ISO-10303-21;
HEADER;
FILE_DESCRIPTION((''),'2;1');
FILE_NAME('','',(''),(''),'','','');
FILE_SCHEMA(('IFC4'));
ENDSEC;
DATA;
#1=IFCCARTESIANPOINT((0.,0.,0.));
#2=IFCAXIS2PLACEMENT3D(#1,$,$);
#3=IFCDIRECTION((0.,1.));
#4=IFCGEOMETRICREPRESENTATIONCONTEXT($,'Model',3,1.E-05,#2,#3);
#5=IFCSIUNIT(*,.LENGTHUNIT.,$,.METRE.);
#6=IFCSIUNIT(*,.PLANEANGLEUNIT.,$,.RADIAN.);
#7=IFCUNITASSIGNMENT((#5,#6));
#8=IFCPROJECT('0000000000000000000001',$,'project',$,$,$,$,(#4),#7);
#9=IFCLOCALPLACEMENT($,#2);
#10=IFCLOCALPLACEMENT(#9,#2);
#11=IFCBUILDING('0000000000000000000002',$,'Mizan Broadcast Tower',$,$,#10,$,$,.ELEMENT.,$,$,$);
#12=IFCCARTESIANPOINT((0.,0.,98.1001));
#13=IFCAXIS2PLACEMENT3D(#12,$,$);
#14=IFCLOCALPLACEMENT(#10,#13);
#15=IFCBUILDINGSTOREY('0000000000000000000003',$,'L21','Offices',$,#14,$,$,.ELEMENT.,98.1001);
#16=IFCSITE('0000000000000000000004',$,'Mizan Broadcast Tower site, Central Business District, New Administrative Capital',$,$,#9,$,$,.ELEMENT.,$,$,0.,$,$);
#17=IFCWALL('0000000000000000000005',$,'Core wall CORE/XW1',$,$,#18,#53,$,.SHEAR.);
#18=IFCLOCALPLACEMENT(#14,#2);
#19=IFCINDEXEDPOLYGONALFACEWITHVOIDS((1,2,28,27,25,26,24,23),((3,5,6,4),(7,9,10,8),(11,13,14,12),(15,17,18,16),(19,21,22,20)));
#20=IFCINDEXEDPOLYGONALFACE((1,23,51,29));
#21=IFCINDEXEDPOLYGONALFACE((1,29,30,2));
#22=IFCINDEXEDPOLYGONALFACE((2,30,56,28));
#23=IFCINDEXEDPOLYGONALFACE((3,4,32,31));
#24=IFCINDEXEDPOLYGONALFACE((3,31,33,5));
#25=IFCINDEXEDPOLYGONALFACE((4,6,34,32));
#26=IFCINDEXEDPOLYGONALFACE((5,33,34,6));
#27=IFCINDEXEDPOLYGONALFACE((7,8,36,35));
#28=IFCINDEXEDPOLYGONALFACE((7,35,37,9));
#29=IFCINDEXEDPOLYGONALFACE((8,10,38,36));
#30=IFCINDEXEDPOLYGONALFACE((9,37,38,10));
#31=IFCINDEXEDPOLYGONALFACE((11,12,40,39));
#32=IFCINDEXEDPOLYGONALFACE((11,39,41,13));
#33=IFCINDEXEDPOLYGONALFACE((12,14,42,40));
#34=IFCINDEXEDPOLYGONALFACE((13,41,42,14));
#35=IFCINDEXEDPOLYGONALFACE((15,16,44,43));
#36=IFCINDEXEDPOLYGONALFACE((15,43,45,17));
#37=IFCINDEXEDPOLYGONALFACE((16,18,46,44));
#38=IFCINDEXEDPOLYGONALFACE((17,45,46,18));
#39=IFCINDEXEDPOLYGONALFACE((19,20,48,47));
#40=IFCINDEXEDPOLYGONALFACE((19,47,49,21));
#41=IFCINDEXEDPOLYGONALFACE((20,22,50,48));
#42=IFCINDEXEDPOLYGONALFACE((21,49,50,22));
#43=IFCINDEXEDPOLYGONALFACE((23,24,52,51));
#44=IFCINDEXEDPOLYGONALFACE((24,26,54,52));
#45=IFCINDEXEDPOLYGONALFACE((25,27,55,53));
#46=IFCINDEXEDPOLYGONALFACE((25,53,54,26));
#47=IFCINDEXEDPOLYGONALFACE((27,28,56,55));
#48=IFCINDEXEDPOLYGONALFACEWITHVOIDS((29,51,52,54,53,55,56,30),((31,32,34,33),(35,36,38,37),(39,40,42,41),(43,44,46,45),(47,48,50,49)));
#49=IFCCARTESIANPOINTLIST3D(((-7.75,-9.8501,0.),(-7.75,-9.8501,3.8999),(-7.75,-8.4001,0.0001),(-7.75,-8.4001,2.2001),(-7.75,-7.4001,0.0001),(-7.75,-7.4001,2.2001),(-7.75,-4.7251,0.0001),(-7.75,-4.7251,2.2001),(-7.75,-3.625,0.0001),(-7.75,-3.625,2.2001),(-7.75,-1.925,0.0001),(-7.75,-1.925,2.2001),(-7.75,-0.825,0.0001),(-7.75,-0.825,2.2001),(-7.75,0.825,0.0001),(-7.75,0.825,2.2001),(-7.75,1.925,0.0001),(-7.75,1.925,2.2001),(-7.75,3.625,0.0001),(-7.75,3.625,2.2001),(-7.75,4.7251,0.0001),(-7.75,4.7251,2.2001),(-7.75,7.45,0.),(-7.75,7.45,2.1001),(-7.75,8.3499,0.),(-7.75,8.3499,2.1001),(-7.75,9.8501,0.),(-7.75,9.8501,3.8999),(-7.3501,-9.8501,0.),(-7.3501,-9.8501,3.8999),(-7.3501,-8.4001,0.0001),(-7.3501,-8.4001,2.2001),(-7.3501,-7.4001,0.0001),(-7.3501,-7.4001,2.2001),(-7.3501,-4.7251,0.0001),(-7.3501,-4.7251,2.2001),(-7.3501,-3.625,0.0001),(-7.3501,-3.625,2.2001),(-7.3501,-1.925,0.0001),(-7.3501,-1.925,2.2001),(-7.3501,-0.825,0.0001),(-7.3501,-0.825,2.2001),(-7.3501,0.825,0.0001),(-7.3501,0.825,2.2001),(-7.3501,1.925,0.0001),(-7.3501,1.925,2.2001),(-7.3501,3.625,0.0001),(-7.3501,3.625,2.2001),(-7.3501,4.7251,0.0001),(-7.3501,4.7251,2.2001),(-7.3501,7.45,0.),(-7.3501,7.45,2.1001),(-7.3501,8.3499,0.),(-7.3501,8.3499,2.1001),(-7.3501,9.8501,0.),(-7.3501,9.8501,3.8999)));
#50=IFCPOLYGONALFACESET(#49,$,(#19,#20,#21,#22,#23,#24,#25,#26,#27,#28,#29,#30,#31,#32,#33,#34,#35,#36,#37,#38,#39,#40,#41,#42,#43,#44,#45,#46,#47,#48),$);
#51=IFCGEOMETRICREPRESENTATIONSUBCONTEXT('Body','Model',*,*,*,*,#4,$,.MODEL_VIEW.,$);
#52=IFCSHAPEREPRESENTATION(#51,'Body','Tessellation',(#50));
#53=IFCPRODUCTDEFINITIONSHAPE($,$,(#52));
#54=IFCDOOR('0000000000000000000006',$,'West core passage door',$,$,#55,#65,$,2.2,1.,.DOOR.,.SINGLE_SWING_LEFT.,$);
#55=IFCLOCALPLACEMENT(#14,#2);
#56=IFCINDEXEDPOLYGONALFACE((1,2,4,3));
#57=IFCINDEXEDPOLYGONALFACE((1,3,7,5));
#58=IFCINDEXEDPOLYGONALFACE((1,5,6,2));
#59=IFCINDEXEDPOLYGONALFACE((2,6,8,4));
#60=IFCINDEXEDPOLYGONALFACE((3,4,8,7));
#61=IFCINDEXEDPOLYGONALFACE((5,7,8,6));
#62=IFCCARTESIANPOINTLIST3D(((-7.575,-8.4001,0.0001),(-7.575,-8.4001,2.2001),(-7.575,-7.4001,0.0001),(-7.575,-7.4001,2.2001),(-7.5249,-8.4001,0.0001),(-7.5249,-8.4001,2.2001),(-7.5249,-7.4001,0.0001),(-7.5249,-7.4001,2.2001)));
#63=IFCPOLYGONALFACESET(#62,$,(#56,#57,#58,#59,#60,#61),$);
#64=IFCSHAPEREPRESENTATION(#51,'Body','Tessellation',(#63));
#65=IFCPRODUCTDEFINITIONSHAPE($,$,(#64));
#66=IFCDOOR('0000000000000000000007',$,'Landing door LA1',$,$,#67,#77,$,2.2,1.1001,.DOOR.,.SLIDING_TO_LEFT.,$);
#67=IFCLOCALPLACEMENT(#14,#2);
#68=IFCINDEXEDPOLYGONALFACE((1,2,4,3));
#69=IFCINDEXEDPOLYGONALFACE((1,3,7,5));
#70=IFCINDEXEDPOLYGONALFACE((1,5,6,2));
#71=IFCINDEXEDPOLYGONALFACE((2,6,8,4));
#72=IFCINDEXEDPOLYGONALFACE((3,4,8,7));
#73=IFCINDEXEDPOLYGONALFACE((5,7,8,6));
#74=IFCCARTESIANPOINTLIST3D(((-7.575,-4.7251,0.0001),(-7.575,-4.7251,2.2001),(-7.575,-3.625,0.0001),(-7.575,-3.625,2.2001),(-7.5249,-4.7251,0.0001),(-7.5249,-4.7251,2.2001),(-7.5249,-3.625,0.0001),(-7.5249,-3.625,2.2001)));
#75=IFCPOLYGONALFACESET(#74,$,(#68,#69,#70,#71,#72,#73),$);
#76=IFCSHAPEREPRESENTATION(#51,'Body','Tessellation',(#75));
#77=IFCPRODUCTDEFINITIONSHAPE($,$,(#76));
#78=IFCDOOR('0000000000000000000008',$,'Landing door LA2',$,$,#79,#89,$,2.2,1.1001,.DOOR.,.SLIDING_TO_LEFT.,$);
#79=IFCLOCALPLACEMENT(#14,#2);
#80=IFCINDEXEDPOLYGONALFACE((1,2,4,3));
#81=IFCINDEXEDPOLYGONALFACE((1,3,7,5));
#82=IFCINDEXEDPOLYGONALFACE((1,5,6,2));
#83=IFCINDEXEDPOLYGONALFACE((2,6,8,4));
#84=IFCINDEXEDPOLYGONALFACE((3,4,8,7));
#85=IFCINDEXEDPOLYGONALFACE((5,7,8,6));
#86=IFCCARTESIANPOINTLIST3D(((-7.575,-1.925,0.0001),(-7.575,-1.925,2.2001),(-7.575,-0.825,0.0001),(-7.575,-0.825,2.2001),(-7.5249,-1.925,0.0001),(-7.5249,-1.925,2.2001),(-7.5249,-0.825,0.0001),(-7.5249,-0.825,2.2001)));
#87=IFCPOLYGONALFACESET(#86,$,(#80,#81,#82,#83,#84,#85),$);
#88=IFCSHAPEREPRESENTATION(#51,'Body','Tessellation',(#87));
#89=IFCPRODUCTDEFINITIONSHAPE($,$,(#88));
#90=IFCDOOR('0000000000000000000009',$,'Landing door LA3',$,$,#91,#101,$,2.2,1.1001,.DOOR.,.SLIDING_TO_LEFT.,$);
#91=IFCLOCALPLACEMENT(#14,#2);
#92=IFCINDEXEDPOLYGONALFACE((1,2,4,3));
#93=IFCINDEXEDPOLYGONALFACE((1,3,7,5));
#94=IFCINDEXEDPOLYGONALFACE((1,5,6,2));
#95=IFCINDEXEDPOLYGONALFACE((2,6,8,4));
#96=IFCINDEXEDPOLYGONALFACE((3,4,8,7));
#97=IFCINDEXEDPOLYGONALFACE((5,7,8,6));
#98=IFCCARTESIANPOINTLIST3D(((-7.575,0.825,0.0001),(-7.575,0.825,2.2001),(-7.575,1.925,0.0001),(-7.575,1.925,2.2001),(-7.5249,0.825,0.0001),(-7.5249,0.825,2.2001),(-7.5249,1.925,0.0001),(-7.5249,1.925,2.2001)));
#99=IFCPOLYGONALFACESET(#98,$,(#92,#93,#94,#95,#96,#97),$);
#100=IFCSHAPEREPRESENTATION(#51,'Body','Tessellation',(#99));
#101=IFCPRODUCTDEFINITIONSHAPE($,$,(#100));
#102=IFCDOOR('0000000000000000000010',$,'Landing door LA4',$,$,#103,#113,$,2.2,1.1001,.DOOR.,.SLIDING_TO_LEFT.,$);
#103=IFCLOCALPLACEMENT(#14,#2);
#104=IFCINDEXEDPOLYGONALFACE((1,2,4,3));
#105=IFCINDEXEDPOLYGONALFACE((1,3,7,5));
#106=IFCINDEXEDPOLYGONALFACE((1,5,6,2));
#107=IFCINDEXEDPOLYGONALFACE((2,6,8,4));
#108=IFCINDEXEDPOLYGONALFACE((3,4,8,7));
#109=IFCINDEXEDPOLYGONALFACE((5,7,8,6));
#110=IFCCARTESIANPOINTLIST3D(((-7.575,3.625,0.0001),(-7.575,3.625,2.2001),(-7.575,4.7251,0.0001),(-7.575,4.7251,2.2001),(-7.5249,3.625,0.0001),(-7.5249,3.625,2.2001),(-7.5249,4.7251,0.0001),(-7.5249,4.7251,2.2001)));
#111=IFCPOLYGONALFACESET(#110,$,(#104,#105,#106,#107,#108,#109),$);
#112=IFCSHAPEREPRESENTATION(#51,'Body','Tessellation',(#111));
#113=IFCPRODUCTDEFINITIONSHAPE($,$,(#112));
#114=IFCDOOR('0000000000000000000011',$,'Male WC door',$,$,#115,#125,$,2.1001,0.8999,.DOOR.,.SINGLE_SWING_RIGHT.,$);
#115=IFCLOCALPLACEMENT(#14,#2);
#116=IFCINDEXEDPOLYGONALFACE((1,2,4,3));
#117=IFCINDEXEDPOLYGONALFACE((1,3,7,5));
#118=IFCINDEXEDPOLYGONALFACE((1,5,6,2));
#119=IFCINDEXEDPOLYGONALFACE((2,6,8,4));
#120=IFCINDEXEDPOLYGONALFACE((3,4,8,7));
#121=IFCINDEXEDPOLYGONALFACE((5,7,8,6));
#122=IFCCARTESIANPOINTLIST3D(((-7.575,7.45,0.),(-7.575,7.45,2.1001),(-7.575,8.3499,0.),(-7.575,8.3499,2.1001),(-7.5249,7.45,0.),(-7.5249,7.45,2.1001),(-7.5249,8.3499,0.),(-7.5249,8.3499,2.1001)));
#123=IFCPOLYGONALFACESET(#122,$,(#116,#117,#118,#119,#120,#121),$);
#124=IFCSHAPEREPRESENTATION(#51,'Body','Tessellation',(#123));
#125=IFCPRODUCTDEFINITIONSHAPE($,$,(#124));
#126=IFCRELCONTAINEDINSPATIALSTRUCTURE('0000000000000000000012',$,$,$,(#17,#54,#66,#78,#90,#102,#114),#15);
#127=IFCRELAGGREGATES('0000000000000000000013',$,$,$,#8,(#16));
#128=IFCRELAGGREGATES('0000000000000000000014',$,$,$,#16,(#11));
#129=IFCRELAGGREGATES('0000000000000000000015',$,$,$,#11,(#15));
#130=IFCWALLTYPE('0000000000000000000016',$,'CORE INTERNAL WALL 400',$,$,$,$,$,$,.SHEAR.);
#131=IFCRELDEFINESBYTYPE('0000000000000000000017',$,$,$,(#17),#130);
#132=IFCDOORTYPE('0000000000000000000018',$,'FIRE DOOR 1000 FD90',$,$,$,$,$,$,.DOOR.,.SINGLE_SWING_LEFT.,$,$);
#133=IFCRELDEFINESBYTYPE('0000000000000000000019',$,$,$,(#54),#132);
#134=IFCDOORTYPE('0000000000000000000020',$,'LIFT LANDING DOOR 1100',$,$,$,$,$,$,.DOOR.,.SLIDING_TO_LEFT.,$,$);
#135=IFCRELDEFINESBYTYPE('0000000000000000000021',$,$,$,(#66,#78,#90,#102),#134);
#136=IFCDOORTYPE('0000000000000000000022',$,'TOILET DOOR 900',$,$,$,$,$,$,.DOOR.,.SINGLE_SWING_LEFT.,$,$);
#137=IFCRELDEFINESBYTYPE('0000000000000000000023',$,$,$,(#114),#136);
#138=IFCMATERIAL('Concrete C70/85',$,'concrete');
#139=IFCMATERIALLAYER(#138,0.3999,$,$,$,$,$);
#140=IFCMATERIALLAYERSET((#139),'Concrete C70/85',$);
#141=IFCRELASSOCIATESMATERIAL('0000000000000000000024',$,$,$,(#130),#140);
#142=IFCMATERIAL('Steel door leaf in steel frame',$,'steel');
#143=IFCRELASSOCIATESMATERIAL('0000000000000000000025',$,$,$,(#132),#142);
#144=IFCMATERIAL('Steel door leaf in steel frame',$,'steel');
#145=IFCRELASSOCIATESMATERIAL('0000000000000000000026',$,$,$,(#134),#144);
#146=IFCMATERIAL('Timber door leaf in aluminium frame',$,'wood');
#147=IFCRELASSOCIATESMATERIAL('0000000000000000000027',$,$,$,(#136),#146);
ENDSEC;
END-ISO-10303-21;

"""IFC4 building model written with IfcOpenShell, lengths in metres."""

from ifc_helpers import new_model, si_unit, direction, frame, frame_2d, origin, place, context, subcontext, project, spatial, rectangle, extrude, material, layer, layer_set, type_object, element, fill, save


model = new_model("IFC4")

# Units and contexts
model_context = context("Model", 3, precision=1e-05, world=origin(), true_north=direction((0.0, 1.0)))
body_context = subcontext(model_context, "Body", "Model", "MODEL_VIEW")
ifc_project = project(units=[si_unit("LENGTHUNIT", "METRE"), si_unit("PLANEANGLEUNIT", "RADIAN")], contexts=[model_context])

# Site, building, storey
site_placement = place(None, origin())
site = spatial("IfcSite", under=ifc_project, at=site_placement, Name="Mizan Broadcast Tower site, Central Business District, New Administrative Capital", CompositionType="ELEMENT", RefElevation=0.0)
building_placement = place(site_placement, origin())
building = spatial("IfcBuilding", under=site, at=building_placement, Name="Mizan Broadcast Tower", CompositionType="ELEMENT")
storey_placement = place(building_placement, frame((0.0, 0.0, 98.1001)))
storey = spatial("IfcBuildingStorey", under=building, at=storey_placement, Name="L21", Description="Offices", CompositionType="ELEMENT", Elevation=98.1001)

# Wall, openings, doors
ifc_material_1 = material(Name="Concrete C70/85", Category="concrete")
ifc_layer_1 = layer(ifc_material_1, 0.3999)
ifc_layer_set_1 = layer_set([ifc_layer_1], Name="Concrete C70/85")
wall_type_1 = type_object("IfcWallType", Name="CORE INTERNAL WALL 400", PredefinedType="SHEAR", material=ifc_layer_set_1)
wall_1_placement = place(storey_placement, frame((-7.55, -9.8501, 0.0), z_axis=(0.0, 0.0, 1.0), x_axis=(0.0, 1.0, 0.0)))
wall_1 = element("IfcWall", 1, at=wall_1_placement, inside=storey, type_object=wall_type_1, Name="Core wall CORE/XW1", PredefinedType="SHEAR", context=body_context, shape_type="SweptSolid", body=[
    extrude(rectangle(XDim=19.7002, YDim=0.3999, at=frame_2d((9.8501, 0.0))), origin(), (0.0, 0.0, 1.0), 3.8999),
])
opening_1_placement = place(wall_1_placement, frame((1.45, 0.0, 0.0)))
opening_1 = element("IfcOpeningElement", 2, at=opening_1_placement, cuts=wall_1, PredefinedType="OPENING", context=body_context, shape_type="SweptSolid", body=[
    extrude(rectangle(XDim=1.0, YDim=2.2, at=frame_2d((0.5, 1.1001))), frame((0.0, 0.21, 0.0), z_axis=(0.0, -1.0, 0.0), x_axis=(1.0, 0.0, 0.0)), (0.0, 0.0, 1.0), 0.4199),
])
opening_2_placement = place(wall_1_placement, frame((17.3, 0.0, 0.0)))
opening_2 = element("IfcOpeningElement", 3, at=opening_2_placement, cuts=wall_1, PredefinedType="OPENING", context=body_context, shape_type="SweptSolid", body=[
    extrude(rectangle(XDim=0.8999, YDim=2.1001, at=frame_2d((0.45, 1.05))), frame((0.0, 0.21, 0.0), z_axis=(0.0, -1.0, 0.0), x_axis=(1.0, 0.0, 0.0)), (0.0, 0.0, 1.0), 0.4199),
])
opening_3_placement = place(wall_1_placement, frame((5.125, 0.0, 0.0)))
opening_3 = element("IfcOpeningElement", 4, at=opening_3_placement, cuts=wall_1, PredefinedType="OPENING", context=body_context, shape_type="SweptSolid", body=[
    extrude(rectangle(XDim=1.1001, YDim=2.2, at=frame_2d((0.55, 1.1001))), frame((0.0, 0.21, 0.0), z_axis=(0.0, -1.0, 0.0), x_axis=(1.0, 0.0, 0.0)), (0.0, 0.0, 1.0), 0.4199),
])
opening_4_placement = place(wall_1_placement, frame((7.925, 0.0, 0.0)))
opening_4 = element("IfcOpeningElement", 5, at=opening_4_placement, cuts=wall_1, PredefinedType="OPENING", context=body_context, shape_type="SweptSolid", body=[
    extrude(rectangle(XDim=1.1001, YDim=2.2, at=frame_2d((0.55, 1.1001))), frame((0.0, 0.21, 0.0), z_axis=(0.0, -1.0, 0.0), x_axis=(1.0, 0.0, 0.0)), (0.0, 0.0, 1.0), 0.4199),
])
opening_5_placement = place(wall_1_placement, frame((10.675, 0.0, 0.0)))
opening_5 = element("IfcOpeningElement", 6, at=opening_5_placement, cuts=wall_1, PredefinedType="OPENING", context=body_context, shape_type="SweptSolid", body=[
    extrude(rectangle(XDim=1.1001, YDim=2.2, at=frame_2d((0.55, 1.1001))), frame((0.0, 0.21, 0.0), z_axis=(0.0, -1.0, 0.0), x_axis=(1.0, 0.0, 0.0)), (0.0, 0.0, 1.0), 0.4199),
])
opening_6_placement = place(wall_1_placement, frame((13.4751, 0.0, 0.0)))
opening_6 = element("IfcOpeningElement", 7, at=opening_6_placement, cuts=wall_1, PredefinedType="OPENING", context=body_context, shape_type="SweptSolid", body=[
    extrude(rectangle(XDim=1.1001, YDim=2.2, at=frame_2d((0.55, 1.1001))), frame((0.0, 0.21, 0.0), z_axis=(0.0, -1.0, 0.0), x_axis=(1.0, 0.0, 0.0)), (0.0, 0.0, 1.0), 0.4199),
])
ifc_material_2 = material(Name="Steel door leaf in steel frame", Category="steel")
door_type_1 = type_object("IfcDoorType", Name="FIRE DOOR 1000 FD90", OperationType="SINGLE_SWING_LEFT", PredefinedType="DOOR", material=ifc_material_2)
door_1_placement = place(opening_1_placement, origin())
door_1 = element("IfcDoor", 8, at=door_1_placement, inside=storey, type_object=door_type_1, Name="West core passage door", OperationType="SINGLE_SWING_LEFT", OverallHeight=2.2, OverallWidth=1.0, PredefinedType="DOOR", context=body_context, shape_type="SweptSolid", body=[
    extrude(rectangle(XDim=1.0, YDim=2.2, at=frame_2d((0.5, 1.1001))), frame((0.0, 0.0249, 0.0), z_axis=(0.0, -1.0, 0.0), x_axis=(1.0, 0.0, 0.0)), (0.0, 0.0, 1.0), 0.05),
])
fill(opening_1, door_1)
ifc_material_3 = material(Name="Steel door leaf in steel frame", Category="steel")
door_type_2 = type_object("IfcDoorType", Name="LIFT LANDING DOOR 1100", OperationType="SLIDING_TO_LEFT", PredefinedType="DOOR", material=ifc_material_3)
door_2_placement = place(opening_3_placement, origin())
door_2 = element("IfcDoor", 9, at=door_2_placement, inside=storey, type_object=door_type_2, Name="Landing door LA1", OperationType="SLIDING_TO_LEFT", OverallHeight=2.2, OverallWidth=1.1001, PredefinedType="DOOR", context=body_context, shape_type="SweptSolid", body=[
    extrude(rectangle(XDim=1.1001, YDim=2.2, at=frame_2d((0.55, 1.1001))), frame((0.0, 0.0249, 0.0), z_axis=(0.0, -1.0, 0.0), x_axis=(1.0, 0.0, 0.0)), (0.0, 0.0, 1.0), 0.05),
])
fill(opening_3, door_2)
door_3_placement = place(opening_4_placement, origin())
door_3 = element("IfcDoor", 10, at=door_3_placement, inside=storey, type_object=door_type_2, Name="Landing door LA2", OperationType="SLIDING_TO_LEFT", OverallHeight=2.2, OverallWidth=1.1001, PredefinedType="DOOR", context=body_context, shape_type="SweptSolid", body=[
    extrude(rectangle(XDim=1.1001, YDim=2.2, at=frame_2d((0.55, 1.1001))), frame((0.0, 0.0249, 0.0), z_axis=(0.0, -1.0, 0.0), x_axis=(1.0, 0.0, 0.0)), (0.0, 0.0, 1.0), 0.05),
])
fill(opening_4, door_3)
door_4_placement = place(opening_5_placement, origin())
door_4 = element("IfcDoor", 11, at=door_4_placement, inside=storey, type_object=door_type_2, Name="Landing door LA3", OperationType="SLIDING_TO_LEFT", OverallHeight=2.2, OverallWidth=1.1001, PredefinedType="DOOR", context=body_context, shape_type="SweptSolid", body=[
    extrude(rectangle(XDim=1.1001, YDim=2.2, at=frame_2d((0.55, 1.1001))), frame((0.0, 0.0249, 0.0), z_axis=(0.0, -1.0, 0.0), x_axis=(1.0, 0.0, 0.0)), (0.0, 0.0, 1.0), 0.05),
])
fill(opening_5, door_4)
door_5_placement = place(opening_6_placement, origin())
door_5 = element("IfcDoor", 12, at=door_5_placement, inside=storey, type_object=door_type_2, Name="Landing door LA4", OperationType="SLIDING_TO_LEFT", OverallHeight=2.2, OverallWidth=1.1001, PredefinedType="DOOR", context=body_context, shape_type="SweptSolid", body=[
    extrude(rectangle(XDim=1.1001, YDim=2.2, at=frame_2d((0.55, 1.1001))), frame((0.0, 0.0249, 0.0), z_axis=(0.0, -1.0, 0.0), x_axis=(1.0, 0.0, 0.0)), (0.0, 0.0, 1.0), 0.05),
])
fill(opening_6, door_5)
ifc_material_4 = material(Name="Timber door leaf in aluminium frame", Category="wood")
door_type_3 = type_object("IfcDoorType", Name="TOILET DOOR 900", OperationType="SINGLE_SWING_LEFT", PredefinedType="DOOR", material=ifc_material_4)
door_6_placement = place(opening_2_placement, origin())
door_6 = element("IfcDoor", 13, at=door_6_placement, inside=storey, type_object=door_type_3, Name="Male WC door", OperationType="SINGLE_SWING_RIGHT", OverallHeight=2.1001, OverallWidth=0.8999, PredefinedType="DOOR", context=body_context, shape_type="SweptSolid", body=[
    extrude(rectangle(XDim=0.8999, YDim=2.1001, at=frame_2d((0.45, 1.05))), frame((0.0, 0.0249, 0.0), z_axis=(0.0, -1.0, 0.0), x_axis=(1.0, 0.0, 0.0)), (0.0, 0.0, 1.0), 0.05),
])
fill(opening_2, door_6)

save(model, "model.ifc")
